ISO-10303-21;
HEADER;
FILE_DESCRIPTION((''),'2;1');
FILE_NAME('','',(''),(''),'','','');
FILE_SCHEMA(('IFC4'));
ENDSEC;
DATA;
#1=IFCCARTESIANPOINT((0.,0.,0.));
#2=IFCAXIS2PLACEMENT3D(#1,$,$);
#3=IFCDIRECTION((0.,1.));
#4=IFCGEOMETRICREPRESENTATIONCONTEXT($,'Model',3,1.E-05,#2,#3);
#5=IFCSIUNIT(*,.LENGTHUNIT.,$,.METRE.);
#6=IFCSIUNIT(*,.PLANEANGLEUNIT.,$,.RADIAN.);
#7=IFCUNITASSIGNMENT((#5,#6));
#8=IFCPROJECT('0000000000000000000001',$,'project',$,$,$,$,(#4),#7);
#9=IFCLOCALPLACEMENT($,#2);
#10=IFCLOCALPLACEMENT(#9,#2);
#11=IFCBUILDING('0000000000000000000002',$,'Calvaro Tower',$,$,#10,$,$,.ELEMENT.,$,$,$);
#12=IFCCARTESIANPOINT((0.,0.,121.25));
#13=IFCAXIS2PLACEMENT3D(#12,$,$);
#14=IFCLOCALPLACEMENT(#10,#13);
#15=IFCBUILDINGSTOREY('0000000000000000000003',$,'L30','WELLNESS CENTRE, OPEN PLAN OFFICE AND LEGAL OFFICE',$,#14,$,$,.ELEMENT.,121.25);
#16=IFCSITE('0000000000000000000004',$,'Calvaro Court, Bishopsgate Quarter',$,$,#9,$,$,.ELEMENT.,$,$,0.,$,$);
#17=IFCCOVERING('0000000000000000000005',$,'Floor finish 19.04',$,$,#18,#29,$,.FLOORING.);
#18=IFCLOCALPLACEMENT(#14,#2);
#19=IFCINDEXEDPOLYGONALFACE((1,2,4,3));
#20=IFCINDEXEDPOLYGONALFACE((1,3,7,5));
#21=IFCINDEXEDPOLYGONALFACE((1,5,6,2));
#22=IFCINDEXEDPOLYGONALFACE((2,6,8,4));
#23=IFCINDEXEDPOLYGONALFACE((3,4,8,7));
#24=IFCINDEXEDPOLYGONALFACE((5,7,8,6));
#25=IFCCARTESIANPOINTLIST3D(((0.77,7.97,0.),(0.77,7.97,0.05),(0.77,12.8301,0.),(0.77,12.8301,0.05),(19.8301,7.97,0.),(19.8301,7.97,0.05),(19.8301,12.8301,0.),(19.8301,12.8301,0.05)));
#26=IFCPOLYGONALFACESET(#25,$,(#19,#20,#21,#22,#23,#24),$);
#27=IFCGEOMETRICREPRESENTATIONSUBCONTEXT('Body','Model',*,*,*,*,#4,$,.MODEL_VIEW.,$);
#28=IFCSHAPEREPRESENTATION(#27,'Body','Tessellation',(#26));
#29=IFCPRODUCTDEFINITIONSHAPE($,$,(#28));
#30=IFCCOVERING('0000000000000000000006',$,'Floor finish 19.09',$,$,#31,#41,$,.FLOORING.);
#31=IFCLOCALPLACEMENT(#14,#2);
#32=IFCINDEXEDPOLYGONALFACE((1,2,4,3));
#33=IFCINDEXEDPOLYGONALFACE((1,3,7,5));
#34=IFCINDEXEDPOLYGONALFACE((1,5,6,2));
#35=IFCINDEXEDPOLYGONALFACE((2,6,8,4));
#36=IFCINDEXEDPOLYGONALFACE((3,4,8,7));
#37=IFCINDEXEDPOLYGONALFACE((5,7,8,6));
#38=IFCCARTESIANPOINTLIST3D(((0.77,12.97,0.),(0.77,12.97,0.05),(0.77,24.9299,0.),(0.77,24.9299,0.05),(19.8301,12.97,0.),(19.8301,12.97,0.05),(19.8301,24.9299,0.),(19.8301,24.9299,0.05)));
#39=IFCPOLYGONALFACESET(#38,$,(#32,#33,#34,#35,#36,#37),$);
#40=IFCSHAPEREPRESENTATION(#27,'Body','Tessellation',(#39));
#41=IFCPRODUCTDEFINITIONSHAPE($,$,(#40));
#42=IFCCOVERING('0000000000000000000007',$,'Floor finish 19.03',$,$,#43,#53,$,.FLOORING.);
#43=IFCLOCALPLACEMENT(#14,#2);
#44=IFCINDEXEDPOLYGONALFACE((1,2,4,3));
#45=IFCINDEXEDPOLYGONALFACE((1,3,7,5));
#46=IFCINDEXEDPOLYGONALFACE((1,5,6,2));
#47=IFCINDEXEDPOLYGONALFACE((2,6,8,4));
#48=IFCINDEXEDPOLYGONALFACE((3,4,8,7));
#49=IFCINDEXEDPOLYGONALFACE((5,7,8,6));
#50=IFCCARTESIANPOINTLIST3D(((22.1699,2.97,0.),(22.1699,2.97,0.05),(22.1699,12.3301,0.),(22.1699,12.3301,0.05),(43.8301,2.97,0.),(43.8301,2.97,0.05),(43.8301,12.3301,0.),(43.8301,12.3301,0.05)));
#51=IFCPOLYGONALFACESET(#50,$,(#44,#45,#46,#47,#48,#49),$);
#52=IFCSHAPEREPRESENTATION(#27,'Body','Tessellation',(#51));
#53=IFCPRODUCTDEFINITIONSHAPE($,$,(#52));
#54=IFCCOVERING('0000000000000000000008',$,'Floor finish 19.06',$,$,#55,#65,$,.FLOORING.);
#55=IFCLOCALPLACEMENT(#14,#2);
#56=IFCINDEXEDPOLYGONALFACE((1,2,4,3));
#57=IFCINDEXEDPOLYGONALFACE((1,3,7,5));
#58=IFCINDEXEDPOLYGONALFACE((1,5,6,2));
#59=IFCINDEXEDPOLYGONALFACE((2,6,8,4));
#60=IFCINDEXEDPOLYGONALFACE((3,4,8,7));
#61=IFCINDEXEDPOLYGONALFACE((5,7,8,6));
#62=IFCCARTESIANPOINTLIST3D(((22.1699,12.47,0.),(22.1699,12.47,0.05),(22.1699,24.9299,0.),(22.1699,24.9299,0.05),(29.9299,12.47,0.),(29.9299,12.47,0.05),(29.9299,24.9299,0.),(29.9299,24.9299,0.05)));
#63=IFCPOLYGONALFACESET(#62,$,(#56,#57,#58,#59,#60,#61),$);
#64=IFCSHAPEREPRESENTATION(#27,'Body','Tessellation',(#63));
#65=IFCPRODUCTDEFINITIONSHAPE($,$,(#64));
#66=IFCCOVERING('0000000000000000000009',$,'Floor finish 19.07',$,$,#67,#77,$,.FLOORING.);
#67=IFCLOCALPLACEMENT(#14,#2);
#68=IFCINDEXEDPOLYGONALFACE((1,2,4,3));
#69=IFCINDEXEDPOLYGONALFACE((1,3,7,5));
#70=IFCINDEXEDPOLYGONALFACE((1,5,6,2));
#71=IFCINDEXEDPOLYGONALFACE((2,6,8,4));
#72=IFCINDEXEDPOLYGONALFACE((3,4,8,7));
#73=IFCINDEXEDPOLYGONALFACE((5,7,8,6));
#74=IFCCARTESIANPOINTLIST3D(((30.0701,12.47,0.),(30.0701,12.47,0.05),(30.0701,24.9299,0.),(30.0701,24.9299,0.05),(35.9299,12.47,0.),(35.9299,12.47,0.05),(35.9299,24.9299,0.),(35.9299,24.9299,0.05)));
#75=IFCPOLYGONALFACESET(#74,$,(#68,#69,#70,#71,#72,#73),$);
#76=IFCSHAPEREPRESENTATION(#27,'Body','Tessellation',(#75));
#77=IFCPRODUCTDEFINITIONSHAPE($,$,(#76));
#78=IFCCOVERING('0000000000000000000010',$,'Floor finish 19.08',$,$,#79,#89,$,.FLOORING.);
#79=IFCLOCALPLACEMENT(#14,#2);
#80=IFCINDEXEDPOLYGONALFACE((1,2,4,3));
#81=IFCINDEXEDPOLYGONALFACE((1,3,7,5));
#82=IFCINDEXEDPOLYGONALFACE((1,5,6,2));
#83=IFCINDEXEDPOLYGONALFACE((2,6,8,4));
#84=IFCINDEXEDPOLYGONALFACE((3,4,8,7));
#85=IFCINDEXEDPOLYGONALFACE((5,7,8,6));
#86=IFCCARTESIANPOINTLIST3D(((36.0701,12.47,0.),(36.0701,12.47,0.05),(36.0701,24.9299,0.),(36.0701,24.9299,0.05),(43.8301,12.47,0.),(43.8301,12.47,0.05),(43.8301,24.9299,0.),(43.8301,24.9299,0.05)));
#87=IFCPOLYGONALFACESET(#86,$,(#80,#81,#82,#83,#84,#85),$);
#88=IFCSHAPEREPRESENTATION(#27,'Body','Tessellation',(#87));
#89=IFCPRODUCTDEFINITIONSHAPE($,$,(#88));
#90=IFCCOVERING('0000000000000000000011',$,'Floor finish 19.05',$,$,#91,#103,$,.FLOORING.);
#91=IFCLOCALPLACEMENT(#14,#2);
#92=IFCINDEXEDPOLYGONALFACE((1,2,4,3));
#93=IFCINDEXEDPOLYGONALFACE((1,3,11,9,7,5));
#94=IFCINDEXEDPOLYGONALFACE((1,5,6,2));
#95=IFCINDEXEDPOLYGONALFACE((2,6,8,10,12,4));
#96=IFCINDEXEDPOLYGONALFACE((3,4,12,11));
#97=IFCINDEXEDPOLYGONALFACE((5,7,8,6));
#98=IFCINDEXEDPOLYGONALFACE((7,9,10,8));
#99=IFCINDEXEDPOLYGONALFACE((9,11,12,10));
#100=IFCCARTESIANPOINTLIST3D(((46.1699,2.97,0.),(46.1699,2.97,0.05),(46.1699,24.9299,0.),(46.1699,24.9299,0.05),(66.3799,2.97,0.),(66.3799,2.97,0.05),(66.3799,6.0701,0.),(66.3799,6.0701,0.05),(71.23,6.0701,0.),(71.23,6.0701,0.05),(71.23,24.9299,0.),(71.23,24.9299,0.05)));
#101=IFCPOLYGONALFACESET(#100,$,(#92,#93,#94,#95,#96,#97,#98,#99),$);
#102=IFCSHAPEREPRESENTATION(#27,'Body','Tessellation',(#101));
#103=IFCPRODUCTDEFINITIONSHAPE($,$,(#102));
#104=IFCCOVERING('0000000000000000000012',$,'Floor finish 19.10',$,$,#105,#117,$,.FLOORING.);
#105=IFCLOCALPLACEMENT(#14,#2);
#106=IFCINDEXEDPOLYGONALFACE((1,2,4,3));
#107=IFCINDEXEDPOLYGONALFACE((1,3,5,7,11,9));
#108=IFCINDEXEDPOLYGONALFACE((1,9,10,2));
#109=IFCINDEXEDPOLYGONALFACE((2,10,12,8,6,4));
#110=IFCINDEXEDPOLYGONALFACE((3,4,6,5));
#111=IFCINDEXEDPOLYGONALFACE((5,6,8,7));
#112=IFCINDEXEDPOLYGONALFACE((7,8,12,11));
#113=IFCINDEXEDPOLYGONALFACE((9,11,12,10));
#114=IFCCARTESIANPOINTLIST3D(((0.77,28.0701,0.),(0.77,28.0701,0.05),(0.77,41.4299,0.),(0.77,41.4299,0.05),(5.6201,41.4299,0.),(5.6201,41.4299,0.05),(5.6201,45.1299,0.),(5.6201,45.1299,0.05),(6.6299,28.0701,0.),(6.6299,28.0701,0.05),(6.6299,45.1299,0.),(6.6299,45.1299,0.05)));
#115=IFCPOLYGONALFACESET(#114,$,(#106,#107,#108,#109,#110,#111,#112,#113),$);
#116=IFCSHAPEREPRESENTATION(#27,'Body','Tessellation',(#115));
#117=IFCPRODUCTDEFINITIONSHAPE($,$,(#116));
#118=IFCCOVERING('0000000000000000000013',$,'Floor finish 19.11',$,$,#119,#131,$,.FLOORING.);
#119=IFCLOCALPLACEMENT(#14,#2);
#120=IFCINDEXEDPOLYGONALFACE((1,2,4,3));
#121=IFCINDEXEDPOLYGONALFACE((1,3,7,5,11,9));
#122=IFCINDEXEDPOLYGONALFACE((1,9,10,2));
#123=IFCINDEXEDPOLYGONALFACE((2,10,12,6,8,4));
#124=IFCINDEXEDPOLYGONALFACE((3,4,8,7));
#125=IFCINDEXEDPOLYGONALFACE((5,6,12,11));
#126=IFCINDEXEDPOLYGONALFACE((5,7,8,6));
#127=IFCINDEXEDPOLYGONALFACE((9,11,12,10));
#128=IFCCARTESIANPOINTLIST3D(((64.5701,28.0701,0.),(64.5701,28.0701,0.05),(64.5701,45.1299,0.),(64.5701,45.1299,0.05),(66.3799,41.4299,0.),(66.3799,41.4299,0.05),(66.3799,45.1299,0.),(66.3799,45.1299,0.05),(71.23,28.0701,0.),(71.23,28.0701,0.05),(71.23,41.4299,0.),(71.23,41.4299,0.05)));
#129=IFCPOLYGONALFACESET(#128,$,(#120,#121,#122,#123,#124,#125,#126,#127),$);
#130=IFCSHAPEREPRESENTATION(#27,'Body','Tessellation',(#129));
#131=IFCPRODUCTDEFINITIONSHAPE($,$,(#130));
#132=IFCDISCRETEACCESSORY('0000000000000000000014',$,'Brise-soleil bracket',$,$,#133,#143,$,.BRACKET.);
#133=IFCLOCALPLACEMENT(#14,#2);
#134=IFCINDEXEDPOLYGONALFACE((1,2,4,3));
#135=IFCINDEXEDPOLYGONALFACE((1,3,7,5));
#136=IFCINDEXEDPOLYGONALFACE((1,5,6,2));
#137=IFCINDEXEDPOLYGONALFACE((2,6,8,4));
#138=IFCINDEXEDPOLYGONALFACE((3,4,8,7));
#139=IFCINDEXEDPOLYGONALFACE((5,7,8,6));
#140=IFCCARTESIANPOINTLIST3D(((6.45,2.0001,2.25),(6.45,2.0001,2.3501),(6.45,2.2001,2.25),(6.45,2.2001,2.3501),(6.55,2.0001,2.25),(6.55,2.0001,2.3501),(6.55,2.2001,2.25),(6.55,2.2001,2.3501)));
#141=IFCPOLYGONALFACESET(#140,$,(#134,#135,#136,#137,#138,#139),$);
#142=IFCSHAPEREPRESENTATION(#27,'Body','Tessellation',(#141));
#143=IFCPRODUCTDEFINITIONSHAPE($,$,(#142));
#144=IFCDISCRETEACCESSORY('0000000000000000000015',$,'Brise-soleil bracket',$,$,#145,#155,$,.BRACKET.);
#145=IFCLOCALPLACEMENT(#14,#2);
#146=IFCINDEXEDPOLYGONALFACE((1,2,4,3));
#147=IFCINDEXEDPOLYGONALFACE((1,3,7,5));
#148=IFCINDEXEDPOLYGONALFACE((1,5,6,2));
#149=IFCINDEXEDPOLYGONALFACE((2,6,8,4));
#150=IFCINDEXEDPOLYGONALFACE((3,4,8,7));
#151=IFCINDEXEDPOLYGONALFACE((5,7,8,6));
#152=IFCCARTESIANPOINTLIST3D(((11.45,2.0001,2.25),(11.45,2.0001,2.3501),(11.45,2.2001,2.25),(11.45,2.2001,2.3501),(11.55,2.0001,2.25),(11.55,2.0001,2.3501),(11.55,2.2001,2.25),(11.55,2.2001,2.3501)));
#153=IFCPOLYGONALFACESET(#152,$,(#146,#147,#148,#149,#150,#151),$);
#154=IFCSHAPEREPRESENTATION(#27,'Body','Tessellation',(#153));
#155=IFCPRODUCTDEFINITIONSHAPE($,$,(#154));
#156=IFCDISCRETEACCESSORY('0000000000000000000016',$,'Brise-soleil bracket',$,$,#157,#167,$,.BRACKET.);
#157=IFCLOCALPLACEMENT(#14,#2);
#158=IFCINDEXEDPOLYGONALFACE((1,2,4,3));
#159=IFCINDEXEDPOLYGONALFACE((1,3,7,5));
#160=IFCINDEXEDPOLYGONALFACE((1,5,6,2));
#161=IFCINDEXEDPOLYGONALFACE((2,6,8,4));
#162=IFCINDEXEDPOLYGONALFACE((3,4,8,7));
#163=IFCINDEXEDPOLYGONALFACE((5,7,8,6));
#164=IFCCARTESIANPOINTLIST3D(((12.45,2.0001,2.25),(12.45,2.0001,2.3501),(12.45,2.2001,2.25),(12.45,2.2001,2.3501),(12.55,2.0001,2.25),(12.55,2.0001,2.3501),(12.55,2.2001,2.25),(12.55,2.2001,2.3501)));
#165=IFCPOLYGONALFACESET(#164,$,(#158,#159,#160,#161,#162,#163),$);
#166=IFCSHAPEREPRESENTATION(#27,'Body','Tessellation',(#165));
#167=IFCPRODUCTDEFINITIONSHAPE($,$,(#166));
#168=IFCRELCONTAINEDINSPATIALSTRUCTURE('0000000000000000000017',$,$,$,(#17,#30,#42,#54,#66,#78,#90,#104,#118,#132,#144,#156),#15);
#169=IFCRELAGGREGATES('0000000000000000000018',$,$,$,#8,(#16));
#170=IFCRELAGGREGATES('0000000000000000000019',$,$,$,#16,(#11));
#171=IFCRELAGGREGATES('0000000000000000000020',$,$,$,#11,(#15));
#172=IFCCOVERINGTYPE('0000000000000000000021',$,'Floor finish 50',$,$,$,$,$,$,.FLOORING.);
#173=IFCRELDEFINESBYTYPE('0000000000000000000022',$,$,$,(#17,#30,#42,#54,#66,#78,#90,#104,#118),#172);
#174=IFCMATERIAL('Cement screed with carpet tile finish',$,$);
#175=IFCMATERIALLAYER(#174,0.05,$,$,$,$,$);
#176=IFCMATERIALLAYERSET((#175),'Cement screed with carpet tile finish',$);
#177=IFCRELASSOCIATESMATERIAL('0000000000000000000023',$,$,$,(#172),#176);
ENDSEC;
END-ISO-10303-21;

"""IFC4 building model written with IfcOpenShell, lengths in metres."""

from ifc_helpers import new_model, si_unit, direction, frame, origin, origin_2d, place, context, subcontext, project, spatial, polyline, rectangle, outline, extrude, material, layer, layer_set, type_object, element, save


model = new_model("IFC4")

# Units and contexts
model_context = context("Model", 3, precision=1e-05, world=origin(), true_north=direction((0.0, 1.0)))
body_context = subcontext(model_context, "Body", "Model", "MODEL_VIEW")
ifc_project = project(units=[si_unit("LENGTHUNIT", "METRE"), si_unit("PLANEANGLEUNIT", "RADIAN")], contexts=[model_context])

# Site, building, storey
site_placement = place(None, origin())
site = spatial("IfcSite", under=ifc_project, at=site_placement, Name="Calvaro Court, Bishopsgate Quarter", CompositionType="ELEMENT", RefElevation=0.0)
building_placement = place(site_placement, origin())
building = spatial("IfcBuilding", under=site, at=building_placement, Name="Calvaro Tower", CompositionType="ELEMENT")
storey_placement = place(building_placement, frame((0.0, 0.0, 121.25)))
storey = spatial("IfcBuildingStorey", under=building, at=storey_placement, Name="L30", Description="WELLNESS CENTRE, OPEN PLAN OFFICE AND LEGAL OFFICE", CompositionType="ELEMENT", Elevation=121.25)

# Coverings
ifc_material_1 = material(Name="Cement screed with carpet tile finish")
ifc_layer_1 = layer(ifc_material_1, 0.05)
ifc_layer_set_1 = layer_set([ifc_layer_1], Name="Cement screed with carpet tile finish")
covering_type = type_object("IfcCoveringType", Name="Floor finish 50", PredefinedType="FLOORING", material=ifc_layer_set_1)
covering_1_placement = place(storey_placement, origin())
element("IfcCovering", 1, at=covering_1_placement, inside=storey, type_object=covering_type, Name="Floor finish 19.04", PredefinedType="FLOORING", context=body_context, shape_type="SweptSolid", body=[
    extrude(outline(polyline([(19.8301, 12.8301), (19.8301, 7.97), (0.77, 7.97), (0.77, 12.8301), (19.8301, 12.8301)])), origin(), (0.0, 0.0, 1.0), 0.05),
])
covering_2_placement = place(storey_placement, origin())
element("IfcCovering", 2, at=covering_2_placement, inside=storey, type_object=covering_type, Name="Floor finish 19.09", PredefinedType="FLOORING", context=body_context, shape_type="SweptSolid", body=[
    extrude(outline(polyline([(19.8301, 24.9299), (19.8301, 12.97), (0.77, 12.97), (0.77, 24.9299), (19.8301, 24.9299)])), origin(), (0.0, 0.0, 1.0), 0.05),
])
covering_3_placement = place(storey_placement, origin())
element("IfcCovering", 3, at=covering_3_placement, inside=storey, type_object=covering_type, Name="Floor finish 19.03", PredefinedType="FLOORING", context=body_context, shape_type="SweptSolid", body=[
    extrude(outline(polyline([(22.1699, 12.3301), (43.8301, 12.3301), (43.8301, 2.97), (22.1699, 2.97), (22.1699, 12.3301)])), origin(), (0.0, 0.0, 1.0), 0.05),
])
covering_4_placement = place(storey_placement, origin())
element("IfcCovering", 4, at=covering_4_placement, inside=storey, type_object=covering_type, Name="Floor finish 19.06", PredefinedType="FLOORING", context=body_context, shape_type="SweptSolid", body=[
    extrude(outline(polyline([(22.1699, 12.47), (22.1699, 24.9299), (29.9299, 24.9299), (29.9299, 12.47), (22.1699, 12.47)])), origin(), (0.0, 0.0, 1.0), 0.05),
])
covering_5_placement = place(storey_placement, origin())
element("IfcCovering", 5, at=covering_5_placement, inside=storey, type_object=covering_type, Name="Floor finish 19.07", PredefinedType="FLOORING", context=body_context, shape_type="SweptSolid", body=[
    extrude(outline(polyline([(30.0701, 12.47), (30.0701, 24.9299), (35.9299, 24.9299), (35.9299, 12.47), (30.0701, 12.47)])), origin(), (0.0, 0.0, 1.0), 0.05),
])
covering_6_placement = place(storey_placement, origin())
element("IfcCovering", 6, at=covering_6_placement, inside=storey, type_object=covering_type, Name="Floor finish 19.08", PredefinedType="FLOORING", context=body_context, shape_type="SweptSolid", body=[
    extrude(outline(polyline([(36.0701, 12.47), (36.0701, 24.9299), (43.8301, 24.9299), (43.8301, 12.47), (36.0701, 12.47)])), origin(), (0.0, 0.0, 1.0), 0.05),
])
covering_7_placement = place(storey_placement, origin())
element("IfcCovering", 7, at=covering_7_placement, inside=storey, type_object=covering_type, Name="Floor finish 19.05", PredefinedType="FLOORING", context=body_context, shape_type="SweptSolid", body=[
    extrude(outline(polyline([(71.23, 6.0701), (66.3799, 6.0701), (66.3799, 2.97), (46.1699, 2.97), (46.1699, 24.9299), (71.23, 24.9299), (71.23, 6.0701)])), origin(), (0.0, 0.0, 1.0), 0.05),
])
covering_8_placement = place(storey_placement, origin())
element("IfcCovering", 8, at=covering_8_placement, inside=storey, type_object=covering_type, Name="Floor finish 19.10", PredefinedType="FLOORING", context=body_context, shape_type="SweptSolid", body=[
    extrude(outline(polyline([(6.6299, 28.0701), (0.77, 28.0701), (0.77, 41.4299), (5.6201, 41.4299), (5.6201, 45.1299), (6.6299, 45.1299), (6.6299, 28.0701)])), origin(), (0.0, 0.0, 1.0), 0.05),
])
covering_9_placement = place(storey_placement, origin())
element("IfcCovering", 9, at=covering_9_placement, inside=storey, type_object=covering_type, Name="Floor finish 19.11", PredefinedType="FLOORING", context=body_context, shape_type="SweptSolid", body=[
    extrude(outline(polyline([(71.23, 28.0701), (64.5701, 28.0701), (64.5701, 45.1299), (66.3799, 45.1299), (66.3799, 41.4299), (71.23, 41.4299), (71.23, 28.0701)])), origin(), (0.0, 0.0, 1.0), 0.05),
])

# Discrete accessories
for number, where, z_axis, x_axis, name in (
    (10, (6.5, 2.1001, 2.25), (0.0, 0.0, 1.0), (1.0, 0.0, 0.0), "Brise-soleil bracket"),
    (11, (11.5, 2.1001, 2.25), (0.0, 0.0, 1.0), (1.0, 0.0, 0.0), "Brise-soleil bracket"),
    (12, (12.5, 2.1001, 2.25), (0.0, 0.0, 1.0), (1.0, 0.0, 0.0), "Brise-soleil bracket"),
):
    element("IfcDiscreteAccessory", number, at=place(storey_placement, frame(where, z_axis=z_axis, x_axis=x_axis)), inside=storey, Name=name, PredefinedType="BRACKET", context=body_context, shape_type="SweptSolid", body=[
        extrude(rectangle(XDim=0.1001, YDim=0.2, at=origin_2d()), origin(), (0.0, 0.0, 1.0), 0.1001),
    ])

save(model, "model.ifc")
